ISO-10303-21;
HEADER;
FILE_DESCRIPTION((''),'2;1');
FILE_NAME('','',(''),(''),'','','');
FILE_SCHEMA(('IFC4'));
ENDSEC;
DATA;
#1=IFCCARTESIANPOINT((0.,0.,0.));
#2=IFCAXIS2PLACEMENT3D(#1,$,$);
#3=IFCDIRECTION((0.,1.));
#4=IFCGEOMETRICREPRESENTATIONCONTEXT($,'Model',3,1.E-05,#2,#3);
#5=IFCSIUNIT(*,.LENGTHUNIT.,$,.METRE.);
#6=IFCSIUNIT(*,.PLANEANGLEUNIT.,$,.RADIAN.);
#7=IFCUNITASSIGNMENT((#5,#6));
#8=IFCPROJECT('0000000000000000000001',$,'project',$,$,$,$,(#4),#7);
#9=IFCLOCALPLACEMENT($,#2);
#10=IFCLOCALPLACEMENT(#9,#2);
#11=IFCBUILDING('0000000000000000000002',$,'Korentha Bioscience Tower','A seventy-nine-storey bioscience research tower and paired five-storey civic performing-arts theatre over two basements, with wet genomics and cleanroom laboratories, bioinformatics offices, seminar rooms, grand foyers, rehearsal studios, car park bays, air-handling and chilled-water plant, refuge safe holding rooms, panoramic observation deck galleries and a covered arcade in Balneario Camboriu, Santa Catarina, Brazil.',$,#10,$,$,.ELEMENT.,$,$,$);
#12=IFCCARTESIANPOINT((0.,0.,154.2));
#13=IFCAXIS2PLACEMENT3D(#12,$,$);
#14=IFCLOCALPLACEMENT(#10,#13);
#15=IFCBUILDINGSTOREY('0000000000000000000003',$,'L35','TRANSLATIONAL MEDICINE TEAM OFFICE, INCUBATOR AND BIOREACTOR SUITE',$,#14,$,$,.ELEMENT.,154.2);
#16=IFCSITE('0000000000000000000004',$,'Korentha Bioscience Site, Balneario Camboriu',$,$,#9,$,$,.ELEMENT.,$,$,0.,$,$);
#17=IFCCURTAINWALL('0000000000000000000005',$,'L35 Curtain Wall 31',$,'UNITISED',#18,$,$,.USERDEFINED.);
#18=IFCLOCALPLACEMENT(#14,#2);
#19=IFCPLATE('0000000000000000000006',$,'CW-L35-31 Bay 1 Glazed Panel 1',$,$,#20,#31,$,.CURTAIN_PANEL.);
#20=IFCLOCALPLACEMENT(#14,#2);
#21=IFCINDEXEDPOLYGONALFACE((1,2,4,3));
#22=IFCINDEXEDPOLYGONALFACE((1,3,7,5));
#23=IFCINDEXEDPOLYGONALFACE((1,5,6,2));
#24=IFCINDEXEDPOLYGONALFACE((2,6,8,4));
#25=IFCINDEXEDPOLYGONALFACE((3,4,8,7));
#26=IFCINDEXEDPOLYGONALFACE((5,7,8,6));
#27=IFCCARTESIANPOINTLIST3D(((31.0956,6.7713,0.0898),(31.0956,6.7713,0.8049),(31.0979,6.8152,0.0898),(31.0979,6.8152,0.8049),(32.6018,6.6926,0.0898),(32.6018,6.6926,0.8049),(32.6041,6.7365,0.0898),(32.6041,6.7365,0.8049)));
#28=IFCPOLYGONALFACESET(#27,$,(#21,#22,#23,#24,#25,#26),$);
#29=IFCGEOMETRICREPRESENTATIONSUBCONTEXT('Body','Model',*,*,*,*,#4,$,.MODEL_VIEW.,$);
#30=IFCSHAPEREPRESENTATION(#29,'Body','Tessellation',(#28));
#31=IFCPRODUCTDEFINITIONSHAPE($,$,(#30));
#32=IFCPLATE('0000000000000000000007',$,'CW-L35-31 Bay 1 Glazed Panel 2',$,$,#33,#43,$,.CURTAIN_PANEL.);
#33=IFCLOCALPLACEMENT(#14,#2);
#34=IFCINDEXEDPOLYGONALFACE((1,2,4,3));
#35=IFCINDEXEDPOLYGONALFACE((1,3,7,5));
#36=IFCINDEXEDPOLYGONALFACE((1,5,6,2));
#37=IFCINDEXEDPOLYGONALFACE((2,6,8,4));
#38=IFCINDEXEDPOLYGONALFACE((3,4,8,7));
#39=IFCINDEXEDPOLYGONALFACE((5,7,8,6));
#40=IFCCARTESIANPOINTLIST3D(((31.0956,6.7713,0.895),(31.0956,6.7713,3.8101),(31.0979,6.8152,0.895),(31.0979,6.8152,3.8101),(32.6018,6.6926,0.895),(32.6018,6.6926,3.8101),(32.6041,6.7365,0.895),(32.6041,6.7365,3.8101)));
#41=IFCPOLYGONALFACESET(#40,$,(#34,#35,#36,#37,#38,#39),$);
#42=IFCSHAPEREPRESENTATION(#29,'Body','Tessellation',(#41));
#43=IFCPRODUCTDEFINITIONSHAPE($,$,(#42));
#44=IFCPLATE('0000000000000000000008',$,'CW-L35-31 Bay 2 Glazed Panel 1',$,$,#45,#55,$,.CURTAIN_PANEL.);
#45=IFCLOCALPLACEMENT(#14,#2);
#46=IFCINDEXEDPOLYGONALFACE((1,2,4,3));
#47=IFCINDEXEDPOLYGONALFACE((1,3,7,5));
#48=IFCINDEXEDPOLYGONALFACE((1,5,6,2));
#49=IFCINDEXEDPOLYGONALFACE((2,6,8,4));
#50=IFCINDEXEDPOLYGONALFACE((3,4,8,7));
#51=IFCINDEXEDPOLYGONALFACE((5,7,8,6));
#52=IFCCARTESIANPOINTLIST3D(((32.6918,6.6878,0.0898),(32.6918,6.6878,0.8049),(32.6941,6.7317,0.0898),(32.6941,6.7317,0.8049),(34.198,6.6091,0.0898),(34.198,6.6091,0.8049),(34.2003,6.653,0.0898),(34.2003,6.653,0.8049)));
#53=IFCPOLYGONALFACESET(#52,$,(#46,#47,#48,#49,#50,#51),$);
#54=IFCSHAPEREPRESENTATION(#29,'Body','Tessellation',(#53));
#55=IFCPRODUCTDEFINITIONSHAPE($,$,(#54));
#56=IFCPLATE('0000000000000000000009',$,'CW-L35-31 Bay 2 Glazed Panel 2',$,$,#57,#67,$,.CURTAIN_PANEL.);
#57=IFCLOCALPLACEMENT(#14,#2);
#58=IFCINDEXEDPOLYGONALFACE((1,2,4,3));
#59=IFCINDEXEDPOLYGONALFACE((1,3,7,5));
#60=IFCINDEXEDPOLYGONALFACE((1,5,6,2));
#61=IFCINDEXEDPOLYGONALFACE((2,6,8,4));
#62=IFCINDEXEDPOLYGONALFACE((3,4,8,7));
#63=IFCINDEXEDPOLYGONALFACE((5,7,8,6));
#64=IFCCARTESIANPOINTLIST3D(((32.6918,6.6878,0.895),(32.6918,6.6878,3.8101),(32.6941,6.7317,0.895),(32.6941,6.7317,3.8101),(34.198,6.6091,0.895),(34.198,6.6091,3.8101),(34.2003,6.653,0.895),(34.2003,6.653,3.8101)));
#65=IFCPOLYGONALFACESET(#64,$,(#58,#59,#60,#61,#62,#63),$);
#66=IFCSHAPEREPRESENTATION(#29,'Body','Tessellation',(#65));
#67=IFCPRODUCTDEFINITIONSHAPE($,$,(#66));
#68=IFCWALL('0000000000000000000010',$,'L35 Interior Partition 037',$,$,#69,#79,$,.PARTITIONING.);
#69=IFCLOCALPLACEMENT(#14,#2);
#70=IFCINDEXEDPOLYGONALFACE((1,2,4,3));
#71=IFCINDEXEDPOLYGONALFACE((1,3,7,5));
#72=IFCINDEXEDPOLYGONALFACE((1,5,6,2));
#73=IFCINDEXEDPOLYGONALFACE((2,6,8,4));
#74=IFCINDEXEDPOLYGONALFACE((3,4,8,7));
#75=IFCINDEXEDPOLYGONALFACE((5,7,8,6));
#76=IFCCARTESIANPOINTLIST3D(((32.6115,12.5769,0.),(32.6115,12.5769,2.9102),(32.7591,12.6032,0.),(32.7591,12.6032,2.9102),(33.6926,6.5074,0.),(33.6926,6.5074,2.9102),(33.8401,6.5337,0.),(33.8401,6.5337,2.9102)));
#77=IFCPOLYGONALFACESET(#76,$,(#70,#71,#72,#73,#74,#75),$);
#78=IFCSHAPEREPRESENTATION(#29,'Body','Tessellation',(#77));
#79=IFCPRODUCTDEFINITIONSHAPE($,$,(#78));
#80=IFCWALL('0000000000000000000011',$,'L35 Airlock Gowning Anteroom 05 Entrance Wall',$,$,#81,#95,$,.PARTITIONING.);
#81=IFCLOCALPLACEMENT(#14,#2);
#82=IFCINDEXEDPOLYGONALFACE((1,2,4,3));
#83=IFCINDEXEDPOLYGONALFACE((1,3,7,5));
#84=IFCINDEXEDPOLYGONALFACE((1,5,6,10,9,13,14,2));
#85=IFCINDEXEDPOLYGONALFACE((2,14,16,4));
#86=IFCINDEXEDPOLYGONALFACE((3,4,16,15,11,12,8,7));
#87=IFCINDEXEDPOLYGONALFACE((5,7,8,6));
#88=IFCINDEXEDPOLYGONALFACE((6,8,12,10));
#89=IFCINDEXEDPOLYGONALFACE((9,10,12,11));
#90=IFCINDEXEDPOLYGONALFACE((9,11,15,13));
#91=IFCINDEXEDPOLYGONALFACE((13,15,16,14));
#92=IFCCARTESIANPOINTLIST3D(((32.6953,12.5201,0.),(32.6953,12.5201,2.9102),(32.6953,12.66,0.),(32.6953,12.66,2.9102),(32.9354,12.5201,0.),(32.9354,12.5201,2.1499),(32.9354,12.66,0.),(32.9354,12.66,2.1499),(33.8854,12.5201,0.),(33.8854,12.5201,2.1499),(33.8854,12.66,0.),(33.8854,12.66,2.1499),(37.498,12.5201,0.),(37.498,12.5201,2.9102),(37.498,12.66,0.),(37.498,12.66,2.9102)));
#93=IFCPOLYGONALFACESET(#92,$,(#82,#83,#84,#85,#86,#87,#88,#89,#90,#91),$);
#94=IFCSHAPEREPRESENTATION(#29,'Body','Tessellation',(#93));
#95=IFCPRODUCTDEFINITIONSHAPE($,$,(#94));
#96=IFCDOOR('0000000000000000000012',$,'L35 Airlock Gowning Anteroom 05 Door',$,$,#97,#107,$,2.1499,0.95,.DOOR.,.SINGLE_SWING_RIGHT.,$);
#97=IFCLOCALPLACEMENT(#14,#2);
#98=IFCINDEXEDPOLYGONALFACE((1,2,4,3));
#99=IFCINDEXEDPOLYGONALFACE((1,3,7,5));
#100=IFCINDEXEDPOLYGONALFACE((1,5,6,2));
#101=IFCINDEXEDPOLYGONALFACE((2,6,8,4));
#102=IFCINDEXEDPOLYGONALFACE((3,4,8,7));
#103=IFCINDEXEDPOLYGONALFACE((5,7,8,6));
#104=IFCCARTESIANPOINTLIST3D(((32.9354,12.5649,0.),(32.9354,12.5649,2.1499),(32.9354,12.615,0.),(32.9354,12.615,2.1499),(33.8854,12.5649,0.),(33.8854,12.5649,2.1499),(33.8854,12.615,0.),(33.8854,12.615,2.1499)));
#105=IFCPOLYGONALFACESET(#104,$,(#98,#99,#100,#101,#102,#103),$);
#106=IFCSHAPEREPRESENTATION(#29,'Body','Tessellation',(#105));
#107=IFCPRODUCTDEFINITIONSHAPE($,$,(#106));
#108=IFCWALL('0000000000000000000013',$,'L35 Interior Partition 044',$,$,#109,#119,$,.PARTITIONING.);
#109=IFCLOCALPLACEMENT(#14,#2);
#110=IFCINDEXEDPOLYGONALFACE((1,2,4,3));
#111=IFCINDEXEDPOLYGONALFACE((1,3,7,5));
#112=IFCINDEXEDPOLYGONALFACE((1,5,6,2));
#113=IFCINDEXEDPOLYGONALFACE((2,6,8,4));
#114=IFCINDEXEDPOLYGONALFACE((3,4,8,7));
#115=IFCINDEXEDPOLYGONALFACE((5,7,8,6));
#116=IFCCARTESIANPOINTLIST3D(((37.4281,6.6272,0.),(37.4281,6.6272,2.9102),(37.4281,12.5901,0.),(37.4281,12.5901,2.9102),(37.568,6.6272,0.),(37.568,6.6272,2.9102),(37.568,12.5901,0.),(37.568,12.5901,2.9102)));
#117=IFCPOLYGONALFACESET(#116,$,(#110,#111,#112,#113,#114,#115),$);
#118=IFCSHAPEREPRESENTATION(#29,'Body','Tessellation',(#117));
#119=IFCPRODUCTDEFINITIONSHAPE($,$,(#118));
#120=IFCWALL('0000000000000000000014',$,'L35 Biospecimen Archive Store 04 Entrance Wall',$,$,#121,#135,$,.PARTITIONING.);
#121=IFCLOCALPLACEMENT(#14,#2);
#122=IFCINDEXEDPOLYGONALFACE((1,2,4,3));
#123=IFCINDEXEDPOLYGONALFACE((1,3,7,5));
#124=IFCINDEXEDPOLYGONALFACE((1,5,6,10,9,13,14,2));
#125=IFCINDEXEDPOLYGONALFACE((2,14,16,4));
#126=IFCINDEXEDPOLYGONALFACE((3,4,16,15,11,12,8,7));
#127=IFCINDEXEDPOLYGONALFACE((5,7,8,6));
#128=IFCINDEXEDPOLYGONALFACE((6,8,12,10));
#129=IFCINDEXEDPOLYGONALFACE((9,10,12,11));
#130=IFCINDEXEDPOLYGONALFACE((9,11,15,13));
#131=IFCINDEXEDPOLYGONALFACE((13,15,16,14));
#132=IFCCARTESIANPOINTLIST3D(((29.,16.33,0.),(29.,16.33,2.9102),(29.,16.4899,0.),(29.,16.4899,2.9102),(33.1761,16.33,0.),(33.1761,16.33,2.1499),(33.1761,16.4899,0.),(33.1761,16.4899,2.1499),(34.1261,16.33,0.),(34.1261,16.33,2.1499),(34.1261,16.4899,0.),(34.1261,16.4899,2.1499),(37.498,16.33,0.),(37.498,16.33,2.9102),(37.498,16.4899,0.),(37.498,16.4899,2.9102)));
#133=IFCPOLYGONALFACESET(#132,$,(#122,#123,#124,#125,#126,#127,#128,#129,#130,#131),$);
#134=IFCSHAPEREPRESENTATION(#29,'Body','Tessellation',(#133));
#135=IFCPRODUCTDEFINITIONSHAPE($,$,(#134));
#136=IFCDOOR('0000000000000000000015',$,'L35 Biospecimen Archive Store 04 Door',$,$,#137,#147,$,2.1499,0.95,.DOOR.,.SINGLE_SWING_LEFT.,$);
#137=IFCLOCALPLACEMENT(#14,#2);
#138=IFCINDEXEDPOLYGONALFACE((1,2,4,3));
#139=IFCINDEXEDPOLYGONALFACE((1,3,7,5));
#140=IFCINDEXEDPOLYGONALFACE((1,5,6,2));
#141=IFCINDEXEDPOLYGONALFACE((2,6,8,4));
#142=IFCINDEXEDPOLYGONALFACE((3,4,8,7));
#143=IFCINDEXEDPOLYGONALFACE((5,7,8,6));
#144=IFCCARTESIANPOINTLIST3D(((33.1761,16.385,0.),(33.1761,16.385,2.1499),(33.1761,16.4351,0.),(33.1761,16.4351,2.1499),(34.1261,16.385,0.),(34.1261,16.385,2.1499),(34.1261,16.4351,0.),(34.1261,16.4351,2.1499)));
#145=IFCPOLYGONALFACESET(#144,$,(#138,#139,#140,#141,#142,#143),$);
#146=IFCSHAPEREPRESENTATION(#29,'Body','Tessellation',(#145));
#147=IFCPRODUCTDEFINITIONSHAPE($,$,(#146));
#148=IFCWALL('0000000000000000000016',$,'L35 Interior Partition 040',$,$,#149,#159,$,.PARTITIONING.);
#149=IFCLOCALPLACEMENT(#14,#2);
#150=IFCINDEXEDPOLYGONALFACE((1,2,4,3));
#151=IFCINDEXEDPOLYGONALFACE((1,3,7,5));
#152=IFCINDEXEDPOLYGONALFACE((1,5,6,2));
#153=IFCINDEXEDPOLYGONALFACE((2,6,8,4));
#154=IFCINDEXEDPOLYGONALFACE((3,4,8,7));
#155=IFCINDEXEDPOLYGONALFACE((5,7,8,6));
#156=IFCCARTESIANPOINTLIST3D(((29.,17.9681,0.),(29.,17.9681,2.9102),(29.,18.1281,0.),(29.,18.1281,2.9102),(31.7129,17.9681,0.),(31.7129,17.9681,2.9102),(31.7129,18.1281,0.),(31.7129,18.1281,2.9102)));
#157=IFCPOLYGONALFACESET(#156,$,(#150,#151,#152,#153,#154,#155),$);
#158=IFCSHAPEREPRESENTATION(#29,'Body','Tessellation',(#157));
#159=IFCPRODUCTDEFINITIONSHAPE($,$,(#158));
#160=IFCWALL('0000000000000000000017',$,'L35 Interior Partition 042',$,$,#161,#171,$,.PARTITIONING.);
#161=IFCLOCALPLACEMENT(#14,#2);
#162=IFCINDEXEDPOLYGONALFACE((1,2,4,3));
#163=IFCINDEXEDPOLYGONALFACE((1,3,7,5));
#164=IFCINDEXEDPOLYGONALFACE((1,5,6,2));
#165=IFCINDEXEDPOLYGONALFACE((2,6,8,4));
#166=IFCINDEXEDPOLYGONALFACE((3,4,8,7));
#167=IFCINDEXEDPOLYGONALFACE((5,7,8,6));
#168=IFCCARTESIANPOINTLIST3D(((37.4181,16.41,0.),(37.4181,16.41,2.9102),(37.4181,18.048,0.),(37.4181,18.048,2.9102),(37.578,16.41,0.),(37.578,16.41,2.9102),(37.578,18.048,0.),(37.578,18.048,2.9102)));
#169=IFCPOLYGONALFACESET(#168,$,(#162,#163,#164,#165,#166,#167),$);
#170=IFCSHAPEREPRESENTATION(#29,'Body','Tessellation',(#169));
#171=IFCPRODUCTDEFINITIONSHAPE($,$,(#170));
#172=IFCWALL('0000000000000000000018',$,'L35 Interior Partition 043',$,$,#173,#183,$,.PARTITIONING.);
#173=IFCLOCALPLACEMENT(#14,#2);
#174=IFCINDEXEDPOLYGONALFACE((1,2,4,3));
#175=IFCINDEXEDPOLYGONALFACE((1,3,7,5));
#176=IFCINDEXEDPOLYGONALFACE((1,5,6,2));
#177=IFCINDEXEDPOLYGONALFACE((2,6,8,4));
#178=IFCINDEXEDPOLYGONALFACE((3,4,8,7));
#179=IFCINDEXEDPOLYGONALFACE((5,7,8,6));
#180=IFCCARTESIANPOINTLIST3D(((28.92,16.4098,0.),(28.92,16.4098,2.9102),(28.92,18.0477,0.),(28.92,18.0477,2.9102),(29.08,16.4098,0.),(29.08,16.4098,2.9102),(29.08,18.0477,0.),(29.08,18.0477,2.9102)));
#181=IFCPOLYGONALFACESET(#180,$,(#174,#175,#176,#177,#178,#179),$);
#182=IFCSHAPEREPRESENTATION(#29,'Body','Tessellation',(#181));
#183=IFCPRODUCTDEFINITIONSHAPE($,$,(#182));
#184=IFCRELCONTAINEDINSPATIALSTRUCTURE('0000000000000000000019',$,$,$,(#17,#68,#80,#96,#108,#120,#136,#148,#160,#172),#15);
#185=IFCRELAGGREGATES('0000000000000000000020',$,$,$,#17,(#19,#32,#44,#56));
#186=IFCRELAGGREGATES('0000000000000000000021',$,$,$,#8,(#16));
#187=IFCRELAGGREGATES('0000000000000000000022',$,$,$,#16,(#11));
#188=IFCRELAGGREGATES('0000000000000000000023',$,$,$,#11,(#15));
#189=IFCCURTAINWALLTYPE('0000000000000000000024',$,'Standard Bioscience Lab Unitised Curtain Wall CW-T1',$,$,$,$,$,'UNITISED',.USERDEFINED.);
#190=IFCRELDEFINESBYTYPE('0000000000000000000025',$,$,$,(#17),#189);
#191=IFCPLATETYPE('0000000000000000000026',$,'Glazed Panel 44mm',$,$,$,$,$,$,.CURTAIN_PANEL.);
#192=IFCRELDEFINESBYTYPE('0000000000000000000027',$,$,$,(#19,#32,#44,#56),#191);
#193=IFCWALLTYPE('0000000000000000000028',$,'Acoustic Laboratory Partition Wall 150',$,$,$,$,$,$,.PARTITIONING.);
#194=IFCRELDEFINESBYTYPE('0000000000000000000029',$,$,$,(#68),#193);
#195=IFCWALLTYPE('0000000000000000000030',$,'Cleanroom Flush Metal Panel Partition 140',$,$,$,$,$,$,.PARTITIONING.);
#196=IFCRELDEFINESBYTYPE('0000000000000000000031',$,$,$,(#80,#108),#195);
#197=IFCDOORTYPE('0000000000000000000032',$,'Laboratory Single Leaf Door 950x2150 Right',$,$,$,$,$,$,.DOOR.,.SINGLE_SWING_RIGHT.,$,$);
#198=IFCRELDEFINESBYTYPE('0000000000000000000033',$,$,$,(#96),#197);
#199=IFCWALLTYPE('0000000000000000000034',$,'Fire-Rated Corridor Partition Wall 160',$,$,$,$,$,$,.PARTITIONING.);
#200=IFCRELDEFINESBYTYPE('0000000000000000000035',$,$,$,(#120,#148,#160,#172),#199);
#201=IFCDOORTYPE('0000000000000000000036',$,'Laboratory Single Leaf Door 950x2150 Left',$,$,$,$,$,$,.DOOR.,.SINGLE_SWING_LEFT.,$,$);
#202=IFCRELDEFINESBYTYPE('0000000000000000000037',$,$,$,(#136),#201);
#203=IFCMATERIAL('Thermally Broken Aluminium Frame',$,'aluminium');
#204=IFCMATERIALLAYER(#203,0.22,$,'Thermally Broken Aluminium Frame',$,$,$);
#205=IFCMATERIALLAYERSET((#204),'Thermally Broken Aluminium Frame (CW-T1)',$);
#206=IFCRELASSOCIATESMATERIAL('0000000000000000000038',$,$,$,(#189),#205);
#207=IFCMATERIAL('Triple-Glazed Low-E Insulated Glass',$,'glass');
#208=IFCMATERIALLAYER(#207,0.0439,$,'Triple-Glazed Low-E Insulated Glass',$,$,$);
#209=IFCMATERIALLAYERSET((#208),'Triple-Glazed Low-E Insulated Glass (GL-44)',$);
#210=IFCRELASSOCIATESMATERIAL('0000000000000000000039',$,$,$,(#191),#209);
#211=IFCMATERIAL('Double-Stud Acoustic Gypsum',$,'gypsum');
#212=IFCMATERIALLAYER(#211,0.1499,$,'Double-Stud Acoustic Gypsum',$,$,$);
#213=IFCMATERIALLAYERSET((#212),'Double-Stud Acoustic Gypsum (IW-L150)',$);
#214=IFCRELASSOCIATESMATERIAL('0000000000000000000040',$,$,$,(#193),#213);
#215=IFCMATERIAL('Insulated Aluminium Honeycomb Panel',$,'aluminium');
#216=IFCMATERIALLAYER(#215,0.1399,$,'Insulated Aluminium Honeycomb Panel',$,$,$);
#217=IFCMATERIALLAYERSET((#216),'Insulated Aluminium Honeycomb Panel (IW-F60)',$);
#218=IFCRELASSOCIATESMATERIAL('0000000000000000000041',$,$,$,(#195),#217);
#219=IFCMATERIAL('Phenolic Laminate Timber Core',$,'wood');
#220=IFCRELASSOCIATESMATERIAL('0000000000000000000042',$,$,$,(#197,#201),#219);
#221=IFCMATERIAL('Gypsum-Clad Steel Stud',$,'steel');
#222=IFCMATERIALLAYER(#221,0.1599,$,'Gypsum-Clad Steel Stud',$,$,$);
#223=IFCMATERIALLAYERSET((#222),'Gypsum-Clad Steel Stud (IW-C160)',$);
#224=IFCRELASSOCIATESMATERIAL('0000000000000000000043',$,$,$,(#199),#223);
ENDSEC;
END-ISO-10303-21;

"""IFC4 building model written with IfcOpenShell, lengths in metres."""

from ifc_helpers import new_model, si_unit, direction, frame, frame_2d, origin, origin_2d, place, context, subcontext, project, spatial, rectangle, extrude, material, layer, layer_set, type_object, element, fill, aggregate, save


model = new_model("IFC4")

# Units and contexts
model_context = context("Model", 3, precision=1e-05, world=origin(), true_north=direction((0.0, 1.0)))
body_context = subcontext(model_context, "Body", "Model", "MODEL_VIEW")
ifc_project = project(units=[si_unit("LENGTHUNIT", "METRE"), si_unit("PLANEANGLEUNIT", "RADIAN")], contexts=[model_context])

# Site, building, storey
site_placement = place(None, origin())
site = spatial("IfcSite", under=ifc_project, at=site_placement, Name="Korentha Bioscience Site, Balneario Camboriu", CompositionType="ELEMENT", RefElevation=0.0)
building_placement = place(site_placement, origin())
building = spatial("IfcBuilding", under=site, at=building_placement, Name="Korentha Bioscience Tower", Description="A seventy-nine-storey bioscience research tower and paired five-storey civic performing-arts theatre over two basements, with wet genomics and cleanroom laboratories, bioinformatics offices, seminar rooms, grand foyers, rehearsal studios, car park bays, air-handling and chilled-water plant, refuge safe holding rooms, panoramic observation deck galleries and a covered arcade in Balneario Camboriu, Santa Catarina, Brazil.", CompositionType="ELEMENT")
storey_placement = place(building_placement, frame((0.0, 0.0, 154.2)))
storey = spatial("IfcBuildingStorey", under=building, at=storey_placement, Name="L35", Description="TRANSLATIONAL MEDICINE TEAM OFFICE, INCUBATOR AND BIOREACTOR SUITE", CompositionType="ELEMENT", Elevation=154.2)

# Curtain wall
ifc_material_1 = material(Name="Thermally Broken Aluminium Frame", Category="aluminium")
ifc_layer_1 = layer(ifc_material_1, 0.22, Name="Thermally Broken Aluminium Frame")
ifc_layer_set_1 = layer_set([ifc_layer_1], Name="Thermally Broken Aluminium Frame (CW-T1)")
curtain_wall_type = type_object("IfcCurtainWallType", Name="Standard Bioscience Lab Unitised Curtain Wall CW-T1", ElementType="UNITISED", PredefinedType="USERDEFINED", material=ifc_layer_set_1)
curtain_wall_placement = place(storey_placement, origin())
curtain_wall = element("IfcCurtainWall", 1, at=curtain_wall_placement, inside=storey, type_object=curtain_wall_type, Name="L35 Curtain Wall 31", ObjectType="UNITISED", PredefinedType="USERDEFINED")

# Plates
ifc_material_2 = material(Name="Triple-Glazed Low-E Insulated Glass", Category="glass")
ifc_layer_2 = layer(ifc_material_2, 0.0439, Name="Triple-Glazed Low-E Insulated Glass")
ifc_layer_set_2 = layer_set([ifc_layer_2], Name="Triple-Glazed Low-E Insulated Glass (GL-44)")
plate_type = type_object("IfcPlateType", Name="Glazed Panel 44mm", PredefinedType="CURTAIN_PANEL", material=ifc_layer_set_2)
plate_1_placement = place(storey_placement, frame((31.8499, 6.7539, 0.0898), z_axis=(0.0, 0.0, 1.0), x_axis=(0.998638, -0.05218, 0.0)))
plate_1 = element("IfcPlate", 2, at=plate_1_placement, type_object=plate_type, Name="CW-L35-31 Bay 1 Glazed Panel 1", PredefinedType="CURTAIN_PANEL", context=body_context, shape_type="SweptSolid", body=[
    extrude(rectangle(XDim=1.5083, YDim=0.0439, at=origin_2d()), origin(), (0.0, 0.0, 1.0), 0.7151),
])
plate_2_placement = place(storey_placement, frame((31.8499, 6.7539, 0.895), z_axis=(0.0, 0.0, 1.0), x_axis=(0.998638, -0.05218, 0.0)))
plate_2 = element("IfcPlate", 3, at=plate_2_placement, type_object=plate_type, Name="CW-L35-31 Bay 1 Glazed Panel 2", PredefinedType="CURTAIN_PANEL", context=body_context, shape_type="SweptSolid", body=[
    extrude(rectangle(XDim=1.5083, YDim=0.0439, at=origin_2d()), origin(), (0.0, 0.0, 1.0), 2.915),
])
plate_3_placement = place(storey_placement, frame((33.446, 6.6704, 0.0898), z_axis=(0.0, 0.0, 1.0), x_axis=(0.998638, -0.05218, 0.0)))
plate_3 = element("IfcPlate", 4, at=plate_3_placement, type_object=plate_type, Name="CW-L35-31 Bay 2 Glazed Panel 1", PredefinedType="CURTAIN_PANEL", context=body_context, shape_type="SweptSolid", body=[
    extrude(rectangle(XDim=1.5083, YDim=0.0439, at=origin_2d()), origin(), (0.0, 0.0, 1.0), 0.7151),
])
plate_4_placement = place(storey_placement, frame((33.446, 6.6704, 0.895), z_axis=(0.0, 0.0, 1.0), x_axis=(0.998638, -0.05218, 0.0)))
plate_4 = element("IfcPlate", 5, at=plate_4_placement, type_object=plate_type, Name="CW-L35-31 Bay 2 Glazed Panel 2", PredefinedType="CURTAIN_PANEL", context=body_context, shape_type="SweptSolid", body=[
    extrude(rectangle(XDim=1.5083, YDim=0.0439, at=origin_2d()), origin(), (0.0, 0.0, 1.0), 2.915),
])
aggregate(curtain_wall, [plate_1, plate_2, plate_3, plate_4])

# Wall
ifc_material_3 = material(Name="Double-Stud Acoustic Gypsum", Category="gypsum")
ifc_layer_3 = layer(ifc_material_3, 0.1499, Name="Double-Stud Acoustic Gypsum")
ifc_layer_set_3 = layer_set([ifc_layer_3], Name="Double-Stud Acoustic Gypsum (IW-L150)")
wall_type_1 = type_object("IfcWallType", Name="Acoustic Laboratory Partition Wall 150", PredefinedType="PARTITIONING", material=ifc_layer_set_3)
wall_1_placement = place(storey_placement, frame((32.6853, 12.5901, 0.0), z_axis=(0.0, 0.0, 1.0), x_axis=(0.175351, -0.984506, 0.0)))
element("IfcWall", 6, at=wall_1_placement, inside=storey, type_object=wall_type_1, Name="L35 Interior Partition 037", PredefinedType="PARTITIONING", context=body_context, shape_type="SweptSolid", body=[
    extrude(rectangle(XDim=6.165, YDim=0.1499, at=frame_2d((3.0825, 0.0))), origin(), (0.0, 0.0, 1.0), 2.9102),
])

# Wall, opening, door
ifc_material_4 = material(Name="Insulated Aluminium Honeycomb Panel", Category="aluminium")
ifc_layer_4 = layer(ifc_material_4, 0.1399, Name="Insulated Aluminium Honeycomb Panel")
ifc_layer_set_4 = layer_set([ifc_layer_4], Name="Insulated Aluminium Honeycomb Panel (IW-F60)")
wall_type_2 = type_object("IfcWallType", Name="Cleanroom Flush Metal Panel Partition 140", PredefinedType="PARTITIONING", material=ifc_layer_set_4)
wall_2_placement = place(storey_placement, frame((32.6953, 12.5901, 0.0), z_axis=(0.0, 0.0, 1.0), x_axis=(1.0, 0.0, 0.0)))
wall_2 = element("IfcWall", 7, at=wall_2_placement, inside=storey, type_object=wall_type_2, Name="L35 Airlock Gowning Anteroom 05 Entrance Wall", PredefinedType="PARTITIONING", context=body_context, shape_type="SweptSolid", body=[
    extrude(rectangle(XDim=4.8027, YDim=0.1399, at=frame_2d((2.4014, 0.0))), origin(), (0.0, 0.0, 1.0), 2.9102),
])
opening_1_placement = place(wall_2_placement, frame((0.24, 0.0, 0.0)))
opening_1 = element("IfcOpeningElement", 8, at=opening_1_placement, cuts=wall_2, PredefinedType="OPENING", context=body_context, shape_type="SweptSolid", body=[
    extrude(rectangle(XDim=0.95, YDim=2.1499, at=frame_2d((0.4751, 1.075))), frame((0.0, 0.085, 0.0), z_axis=(0.0, -1.0, 0.0), x_axis=(1.0, 0.0, 0.0)), (0.0, 0.0, 1.0), 0.1697),
])
ifc_material_5 = material(Name="Phenolic Laminate Timber Core", Category="wood")
door_type_1 = type_object("IfcDoorType", Name="Laboratory Single Leaf Door 950x2150 Right", OperationType="SINGLE_SWING_RIGHT", PredefinedType="DOOR", material=ifc_material_5)
door_1_placement = place(opening_1_placement, origin())
door_1 = element("IfcDoor", 9, at=door_1_placement, inside=storey, type_object=door_type_1, Name="L35 Airlock Gowning Anteroom 05 Door", OperationType="SINGLE_SWING_RIGHT", OverallHeight=2.1499, OverallWidth=0.95, PredefinedType="DOOR", context=body_context, shape_type="SweptSolid", body=[
    extrude(rectangle(XDim=0.95, YDim=2.1499, at=frame_2d((0.4751, 1.075))), frame((0.0, 0.0249, 0.0), z_axis=(0.0, -1.0, 0.0), x_axis=(1.0, 0.0, 0.0)), (0.0, 0.0, 1.0), 0.05),
])
fill(opening_1, door_1)

# Wall
wall_3_placement = place(storey_placement, frame((37.498, 12.5901, 0.0), z_axis=(0.0, 0.0, 1.0), x_axis=(0.0, -1.0, 0.0)))
element("IfcWall", 10, at=wall_3_placement, inside=storey, type_object=wall_type_2, Name="L35 Interior Partition 044", PredefinedType="PARTITIONING", context=body_context, shape_type="SweptSolid", body=[
    extrude(rectangle(XDim=5.9629, YDim=0.1399, at=frame_2d((2.9814, 0.0))), origin(), (0.0, 0.0, 1.0), 2.9102),
])

# Wall, opening, door
ifc_material_6 = material(Name="Gypsum-Clad Steel Stud", Category="steel")
ifc_layer_5 = layer(ifc_material_6, 0.1599, Name="Gypsum-Clad Steel Stud")
ifc_layer_set_5 = layer_set([ifc_layer_5], Name="Gypsum-Clad Steel Stud (IW-C160)")
wall_type_3 = type_object("IfcWallType", Name="Fire-Rated Corridor Partition Wall 160", PredefinedType="PARTITIONING", material=ifc_layer_set_5)
wall_4_placement = place(storey_placement, frame((37.498, 16.4099, 0.0), z_axis=(0.0, 0.0, 1.0), x_axis=(-1.0, 0.0, 0.0)))
wall_4 = element("IfcWall", 11, at=wall_4_placement, inside=storey, type_object=wall_type_3, Name="L35 Biospecimen Archive Store 04 Entrance Wall", PredefinedType="PARTITIONING", context=body_context, shape_type="SweptSolid", body=[
    extrude(rectangle(XDim=8.498, YDim=0.1599, at=frame_2d((4.249, 0.0))), origin(), (0.0, 0.0, 1.0), 2.9102),
])
opening_2_placement = place(wall_4_placement, frame((3.3718, 0.0, 0.0)))
opening_2 = element("IfcOpeningElement", 12, at=opening_2_placement, cuts=wall_4, PredefinedType="OPENING", context=body_context, shape_type="SweptSolid", body=[
    extrude(rectangle(XDim=0.95, YDim=2.1499, at=frame_2d((0.4751, 1.075))), frame((0.0, 0.0947, 0.0), z_axis=(0.0, -1.0, 0.0), x_axis=(1.0, 0.0, 0.0)), (0.0, 0.0, 1.0), 0.1897),
])
door_type_2 = type_object("IfcDoorType", Name="Laboratory Single Leaf Door 950x2150 Left", OperationType="SINGLE_SWING_LEFT", PredefinedType="DOOR", material=ifc_material_5)
door_2_placement = place(opening_2_placement, origin())
door_2 = element("IfcDoor", 13, at=door_2_placement, inside=storey, type_object=door_type_2, Name="L35 Biospecimen Archive Store 04 Door", OperationType="SINGLE_SWING_LEFT", OverallHeight=2.1499, OverallWidth=0.95, PredefinedType="DOOR", context=body_context, shape_type="SweptSolid", body=[
    extrude(rectangle(XDim=0.95, YDim=2.1499, at=frame_2d((0.4751, 1.075))), frame((0.0, 0.0249, 0.0), z_axis=(0.0, -1.0, 0.0), x_axis=(1.0, 0.0, 0.0)), (0.0, 0.0, 1.0), 0.05),
])
fill(opening_2, door_2)

# Walls
wall_5_placement = place(storey_placement, frame((29.0, 18.0481, 0.0), z_axis=(0.0, 0.0, 1.0), x_axis=(1.0, 0.0, 0.0)))
element("IfcWall", 14, at=wall_5_placement, inside=storey, type_object=wall_type_3, Name="L35 Interior Partition 040", PredefinedType="PARTITIONING", context=body_context, shape_type="SweptSolid", body=[
    extrude(rectangle(XDim=2.7129, YDim=0.1599, at=frame_2d((1.3564, 0.0))), origin(), (0.0, 0.0, 1.0), 2.9102),
])
for number, where, z_axis, x_axis, name in (
    (15, (37.498, 18.0479, 0.0), (0.0, 0.0, 1.0), (0.0, -1.0, 0.0), "L35 Interior Partition 042"),
    (16, (29.0, 16.4099, 0.0), (0.0, 0.0, 1.0), (0.0, 1.0, 0.0), "L35 Interior Partition 043"),
):
    element("IfcWall", number, at=place(storey_placement, frame(where, z_axis=z_axis, x_axis=x_axis)), inside=storey, type_object=wall_type_3, Name=name, PredefinedType="PARTITIONING", context=body_context, shape_type="SweptSolid", body=[
        extrude(rectangle(XDim=1.6379, YDim=0.1599, at=frame_2d((0.8188, 0.0))), origin(), (0.0, 0.0, 1.0), 2.9102),
    ])

save(model, "model.ifc")
